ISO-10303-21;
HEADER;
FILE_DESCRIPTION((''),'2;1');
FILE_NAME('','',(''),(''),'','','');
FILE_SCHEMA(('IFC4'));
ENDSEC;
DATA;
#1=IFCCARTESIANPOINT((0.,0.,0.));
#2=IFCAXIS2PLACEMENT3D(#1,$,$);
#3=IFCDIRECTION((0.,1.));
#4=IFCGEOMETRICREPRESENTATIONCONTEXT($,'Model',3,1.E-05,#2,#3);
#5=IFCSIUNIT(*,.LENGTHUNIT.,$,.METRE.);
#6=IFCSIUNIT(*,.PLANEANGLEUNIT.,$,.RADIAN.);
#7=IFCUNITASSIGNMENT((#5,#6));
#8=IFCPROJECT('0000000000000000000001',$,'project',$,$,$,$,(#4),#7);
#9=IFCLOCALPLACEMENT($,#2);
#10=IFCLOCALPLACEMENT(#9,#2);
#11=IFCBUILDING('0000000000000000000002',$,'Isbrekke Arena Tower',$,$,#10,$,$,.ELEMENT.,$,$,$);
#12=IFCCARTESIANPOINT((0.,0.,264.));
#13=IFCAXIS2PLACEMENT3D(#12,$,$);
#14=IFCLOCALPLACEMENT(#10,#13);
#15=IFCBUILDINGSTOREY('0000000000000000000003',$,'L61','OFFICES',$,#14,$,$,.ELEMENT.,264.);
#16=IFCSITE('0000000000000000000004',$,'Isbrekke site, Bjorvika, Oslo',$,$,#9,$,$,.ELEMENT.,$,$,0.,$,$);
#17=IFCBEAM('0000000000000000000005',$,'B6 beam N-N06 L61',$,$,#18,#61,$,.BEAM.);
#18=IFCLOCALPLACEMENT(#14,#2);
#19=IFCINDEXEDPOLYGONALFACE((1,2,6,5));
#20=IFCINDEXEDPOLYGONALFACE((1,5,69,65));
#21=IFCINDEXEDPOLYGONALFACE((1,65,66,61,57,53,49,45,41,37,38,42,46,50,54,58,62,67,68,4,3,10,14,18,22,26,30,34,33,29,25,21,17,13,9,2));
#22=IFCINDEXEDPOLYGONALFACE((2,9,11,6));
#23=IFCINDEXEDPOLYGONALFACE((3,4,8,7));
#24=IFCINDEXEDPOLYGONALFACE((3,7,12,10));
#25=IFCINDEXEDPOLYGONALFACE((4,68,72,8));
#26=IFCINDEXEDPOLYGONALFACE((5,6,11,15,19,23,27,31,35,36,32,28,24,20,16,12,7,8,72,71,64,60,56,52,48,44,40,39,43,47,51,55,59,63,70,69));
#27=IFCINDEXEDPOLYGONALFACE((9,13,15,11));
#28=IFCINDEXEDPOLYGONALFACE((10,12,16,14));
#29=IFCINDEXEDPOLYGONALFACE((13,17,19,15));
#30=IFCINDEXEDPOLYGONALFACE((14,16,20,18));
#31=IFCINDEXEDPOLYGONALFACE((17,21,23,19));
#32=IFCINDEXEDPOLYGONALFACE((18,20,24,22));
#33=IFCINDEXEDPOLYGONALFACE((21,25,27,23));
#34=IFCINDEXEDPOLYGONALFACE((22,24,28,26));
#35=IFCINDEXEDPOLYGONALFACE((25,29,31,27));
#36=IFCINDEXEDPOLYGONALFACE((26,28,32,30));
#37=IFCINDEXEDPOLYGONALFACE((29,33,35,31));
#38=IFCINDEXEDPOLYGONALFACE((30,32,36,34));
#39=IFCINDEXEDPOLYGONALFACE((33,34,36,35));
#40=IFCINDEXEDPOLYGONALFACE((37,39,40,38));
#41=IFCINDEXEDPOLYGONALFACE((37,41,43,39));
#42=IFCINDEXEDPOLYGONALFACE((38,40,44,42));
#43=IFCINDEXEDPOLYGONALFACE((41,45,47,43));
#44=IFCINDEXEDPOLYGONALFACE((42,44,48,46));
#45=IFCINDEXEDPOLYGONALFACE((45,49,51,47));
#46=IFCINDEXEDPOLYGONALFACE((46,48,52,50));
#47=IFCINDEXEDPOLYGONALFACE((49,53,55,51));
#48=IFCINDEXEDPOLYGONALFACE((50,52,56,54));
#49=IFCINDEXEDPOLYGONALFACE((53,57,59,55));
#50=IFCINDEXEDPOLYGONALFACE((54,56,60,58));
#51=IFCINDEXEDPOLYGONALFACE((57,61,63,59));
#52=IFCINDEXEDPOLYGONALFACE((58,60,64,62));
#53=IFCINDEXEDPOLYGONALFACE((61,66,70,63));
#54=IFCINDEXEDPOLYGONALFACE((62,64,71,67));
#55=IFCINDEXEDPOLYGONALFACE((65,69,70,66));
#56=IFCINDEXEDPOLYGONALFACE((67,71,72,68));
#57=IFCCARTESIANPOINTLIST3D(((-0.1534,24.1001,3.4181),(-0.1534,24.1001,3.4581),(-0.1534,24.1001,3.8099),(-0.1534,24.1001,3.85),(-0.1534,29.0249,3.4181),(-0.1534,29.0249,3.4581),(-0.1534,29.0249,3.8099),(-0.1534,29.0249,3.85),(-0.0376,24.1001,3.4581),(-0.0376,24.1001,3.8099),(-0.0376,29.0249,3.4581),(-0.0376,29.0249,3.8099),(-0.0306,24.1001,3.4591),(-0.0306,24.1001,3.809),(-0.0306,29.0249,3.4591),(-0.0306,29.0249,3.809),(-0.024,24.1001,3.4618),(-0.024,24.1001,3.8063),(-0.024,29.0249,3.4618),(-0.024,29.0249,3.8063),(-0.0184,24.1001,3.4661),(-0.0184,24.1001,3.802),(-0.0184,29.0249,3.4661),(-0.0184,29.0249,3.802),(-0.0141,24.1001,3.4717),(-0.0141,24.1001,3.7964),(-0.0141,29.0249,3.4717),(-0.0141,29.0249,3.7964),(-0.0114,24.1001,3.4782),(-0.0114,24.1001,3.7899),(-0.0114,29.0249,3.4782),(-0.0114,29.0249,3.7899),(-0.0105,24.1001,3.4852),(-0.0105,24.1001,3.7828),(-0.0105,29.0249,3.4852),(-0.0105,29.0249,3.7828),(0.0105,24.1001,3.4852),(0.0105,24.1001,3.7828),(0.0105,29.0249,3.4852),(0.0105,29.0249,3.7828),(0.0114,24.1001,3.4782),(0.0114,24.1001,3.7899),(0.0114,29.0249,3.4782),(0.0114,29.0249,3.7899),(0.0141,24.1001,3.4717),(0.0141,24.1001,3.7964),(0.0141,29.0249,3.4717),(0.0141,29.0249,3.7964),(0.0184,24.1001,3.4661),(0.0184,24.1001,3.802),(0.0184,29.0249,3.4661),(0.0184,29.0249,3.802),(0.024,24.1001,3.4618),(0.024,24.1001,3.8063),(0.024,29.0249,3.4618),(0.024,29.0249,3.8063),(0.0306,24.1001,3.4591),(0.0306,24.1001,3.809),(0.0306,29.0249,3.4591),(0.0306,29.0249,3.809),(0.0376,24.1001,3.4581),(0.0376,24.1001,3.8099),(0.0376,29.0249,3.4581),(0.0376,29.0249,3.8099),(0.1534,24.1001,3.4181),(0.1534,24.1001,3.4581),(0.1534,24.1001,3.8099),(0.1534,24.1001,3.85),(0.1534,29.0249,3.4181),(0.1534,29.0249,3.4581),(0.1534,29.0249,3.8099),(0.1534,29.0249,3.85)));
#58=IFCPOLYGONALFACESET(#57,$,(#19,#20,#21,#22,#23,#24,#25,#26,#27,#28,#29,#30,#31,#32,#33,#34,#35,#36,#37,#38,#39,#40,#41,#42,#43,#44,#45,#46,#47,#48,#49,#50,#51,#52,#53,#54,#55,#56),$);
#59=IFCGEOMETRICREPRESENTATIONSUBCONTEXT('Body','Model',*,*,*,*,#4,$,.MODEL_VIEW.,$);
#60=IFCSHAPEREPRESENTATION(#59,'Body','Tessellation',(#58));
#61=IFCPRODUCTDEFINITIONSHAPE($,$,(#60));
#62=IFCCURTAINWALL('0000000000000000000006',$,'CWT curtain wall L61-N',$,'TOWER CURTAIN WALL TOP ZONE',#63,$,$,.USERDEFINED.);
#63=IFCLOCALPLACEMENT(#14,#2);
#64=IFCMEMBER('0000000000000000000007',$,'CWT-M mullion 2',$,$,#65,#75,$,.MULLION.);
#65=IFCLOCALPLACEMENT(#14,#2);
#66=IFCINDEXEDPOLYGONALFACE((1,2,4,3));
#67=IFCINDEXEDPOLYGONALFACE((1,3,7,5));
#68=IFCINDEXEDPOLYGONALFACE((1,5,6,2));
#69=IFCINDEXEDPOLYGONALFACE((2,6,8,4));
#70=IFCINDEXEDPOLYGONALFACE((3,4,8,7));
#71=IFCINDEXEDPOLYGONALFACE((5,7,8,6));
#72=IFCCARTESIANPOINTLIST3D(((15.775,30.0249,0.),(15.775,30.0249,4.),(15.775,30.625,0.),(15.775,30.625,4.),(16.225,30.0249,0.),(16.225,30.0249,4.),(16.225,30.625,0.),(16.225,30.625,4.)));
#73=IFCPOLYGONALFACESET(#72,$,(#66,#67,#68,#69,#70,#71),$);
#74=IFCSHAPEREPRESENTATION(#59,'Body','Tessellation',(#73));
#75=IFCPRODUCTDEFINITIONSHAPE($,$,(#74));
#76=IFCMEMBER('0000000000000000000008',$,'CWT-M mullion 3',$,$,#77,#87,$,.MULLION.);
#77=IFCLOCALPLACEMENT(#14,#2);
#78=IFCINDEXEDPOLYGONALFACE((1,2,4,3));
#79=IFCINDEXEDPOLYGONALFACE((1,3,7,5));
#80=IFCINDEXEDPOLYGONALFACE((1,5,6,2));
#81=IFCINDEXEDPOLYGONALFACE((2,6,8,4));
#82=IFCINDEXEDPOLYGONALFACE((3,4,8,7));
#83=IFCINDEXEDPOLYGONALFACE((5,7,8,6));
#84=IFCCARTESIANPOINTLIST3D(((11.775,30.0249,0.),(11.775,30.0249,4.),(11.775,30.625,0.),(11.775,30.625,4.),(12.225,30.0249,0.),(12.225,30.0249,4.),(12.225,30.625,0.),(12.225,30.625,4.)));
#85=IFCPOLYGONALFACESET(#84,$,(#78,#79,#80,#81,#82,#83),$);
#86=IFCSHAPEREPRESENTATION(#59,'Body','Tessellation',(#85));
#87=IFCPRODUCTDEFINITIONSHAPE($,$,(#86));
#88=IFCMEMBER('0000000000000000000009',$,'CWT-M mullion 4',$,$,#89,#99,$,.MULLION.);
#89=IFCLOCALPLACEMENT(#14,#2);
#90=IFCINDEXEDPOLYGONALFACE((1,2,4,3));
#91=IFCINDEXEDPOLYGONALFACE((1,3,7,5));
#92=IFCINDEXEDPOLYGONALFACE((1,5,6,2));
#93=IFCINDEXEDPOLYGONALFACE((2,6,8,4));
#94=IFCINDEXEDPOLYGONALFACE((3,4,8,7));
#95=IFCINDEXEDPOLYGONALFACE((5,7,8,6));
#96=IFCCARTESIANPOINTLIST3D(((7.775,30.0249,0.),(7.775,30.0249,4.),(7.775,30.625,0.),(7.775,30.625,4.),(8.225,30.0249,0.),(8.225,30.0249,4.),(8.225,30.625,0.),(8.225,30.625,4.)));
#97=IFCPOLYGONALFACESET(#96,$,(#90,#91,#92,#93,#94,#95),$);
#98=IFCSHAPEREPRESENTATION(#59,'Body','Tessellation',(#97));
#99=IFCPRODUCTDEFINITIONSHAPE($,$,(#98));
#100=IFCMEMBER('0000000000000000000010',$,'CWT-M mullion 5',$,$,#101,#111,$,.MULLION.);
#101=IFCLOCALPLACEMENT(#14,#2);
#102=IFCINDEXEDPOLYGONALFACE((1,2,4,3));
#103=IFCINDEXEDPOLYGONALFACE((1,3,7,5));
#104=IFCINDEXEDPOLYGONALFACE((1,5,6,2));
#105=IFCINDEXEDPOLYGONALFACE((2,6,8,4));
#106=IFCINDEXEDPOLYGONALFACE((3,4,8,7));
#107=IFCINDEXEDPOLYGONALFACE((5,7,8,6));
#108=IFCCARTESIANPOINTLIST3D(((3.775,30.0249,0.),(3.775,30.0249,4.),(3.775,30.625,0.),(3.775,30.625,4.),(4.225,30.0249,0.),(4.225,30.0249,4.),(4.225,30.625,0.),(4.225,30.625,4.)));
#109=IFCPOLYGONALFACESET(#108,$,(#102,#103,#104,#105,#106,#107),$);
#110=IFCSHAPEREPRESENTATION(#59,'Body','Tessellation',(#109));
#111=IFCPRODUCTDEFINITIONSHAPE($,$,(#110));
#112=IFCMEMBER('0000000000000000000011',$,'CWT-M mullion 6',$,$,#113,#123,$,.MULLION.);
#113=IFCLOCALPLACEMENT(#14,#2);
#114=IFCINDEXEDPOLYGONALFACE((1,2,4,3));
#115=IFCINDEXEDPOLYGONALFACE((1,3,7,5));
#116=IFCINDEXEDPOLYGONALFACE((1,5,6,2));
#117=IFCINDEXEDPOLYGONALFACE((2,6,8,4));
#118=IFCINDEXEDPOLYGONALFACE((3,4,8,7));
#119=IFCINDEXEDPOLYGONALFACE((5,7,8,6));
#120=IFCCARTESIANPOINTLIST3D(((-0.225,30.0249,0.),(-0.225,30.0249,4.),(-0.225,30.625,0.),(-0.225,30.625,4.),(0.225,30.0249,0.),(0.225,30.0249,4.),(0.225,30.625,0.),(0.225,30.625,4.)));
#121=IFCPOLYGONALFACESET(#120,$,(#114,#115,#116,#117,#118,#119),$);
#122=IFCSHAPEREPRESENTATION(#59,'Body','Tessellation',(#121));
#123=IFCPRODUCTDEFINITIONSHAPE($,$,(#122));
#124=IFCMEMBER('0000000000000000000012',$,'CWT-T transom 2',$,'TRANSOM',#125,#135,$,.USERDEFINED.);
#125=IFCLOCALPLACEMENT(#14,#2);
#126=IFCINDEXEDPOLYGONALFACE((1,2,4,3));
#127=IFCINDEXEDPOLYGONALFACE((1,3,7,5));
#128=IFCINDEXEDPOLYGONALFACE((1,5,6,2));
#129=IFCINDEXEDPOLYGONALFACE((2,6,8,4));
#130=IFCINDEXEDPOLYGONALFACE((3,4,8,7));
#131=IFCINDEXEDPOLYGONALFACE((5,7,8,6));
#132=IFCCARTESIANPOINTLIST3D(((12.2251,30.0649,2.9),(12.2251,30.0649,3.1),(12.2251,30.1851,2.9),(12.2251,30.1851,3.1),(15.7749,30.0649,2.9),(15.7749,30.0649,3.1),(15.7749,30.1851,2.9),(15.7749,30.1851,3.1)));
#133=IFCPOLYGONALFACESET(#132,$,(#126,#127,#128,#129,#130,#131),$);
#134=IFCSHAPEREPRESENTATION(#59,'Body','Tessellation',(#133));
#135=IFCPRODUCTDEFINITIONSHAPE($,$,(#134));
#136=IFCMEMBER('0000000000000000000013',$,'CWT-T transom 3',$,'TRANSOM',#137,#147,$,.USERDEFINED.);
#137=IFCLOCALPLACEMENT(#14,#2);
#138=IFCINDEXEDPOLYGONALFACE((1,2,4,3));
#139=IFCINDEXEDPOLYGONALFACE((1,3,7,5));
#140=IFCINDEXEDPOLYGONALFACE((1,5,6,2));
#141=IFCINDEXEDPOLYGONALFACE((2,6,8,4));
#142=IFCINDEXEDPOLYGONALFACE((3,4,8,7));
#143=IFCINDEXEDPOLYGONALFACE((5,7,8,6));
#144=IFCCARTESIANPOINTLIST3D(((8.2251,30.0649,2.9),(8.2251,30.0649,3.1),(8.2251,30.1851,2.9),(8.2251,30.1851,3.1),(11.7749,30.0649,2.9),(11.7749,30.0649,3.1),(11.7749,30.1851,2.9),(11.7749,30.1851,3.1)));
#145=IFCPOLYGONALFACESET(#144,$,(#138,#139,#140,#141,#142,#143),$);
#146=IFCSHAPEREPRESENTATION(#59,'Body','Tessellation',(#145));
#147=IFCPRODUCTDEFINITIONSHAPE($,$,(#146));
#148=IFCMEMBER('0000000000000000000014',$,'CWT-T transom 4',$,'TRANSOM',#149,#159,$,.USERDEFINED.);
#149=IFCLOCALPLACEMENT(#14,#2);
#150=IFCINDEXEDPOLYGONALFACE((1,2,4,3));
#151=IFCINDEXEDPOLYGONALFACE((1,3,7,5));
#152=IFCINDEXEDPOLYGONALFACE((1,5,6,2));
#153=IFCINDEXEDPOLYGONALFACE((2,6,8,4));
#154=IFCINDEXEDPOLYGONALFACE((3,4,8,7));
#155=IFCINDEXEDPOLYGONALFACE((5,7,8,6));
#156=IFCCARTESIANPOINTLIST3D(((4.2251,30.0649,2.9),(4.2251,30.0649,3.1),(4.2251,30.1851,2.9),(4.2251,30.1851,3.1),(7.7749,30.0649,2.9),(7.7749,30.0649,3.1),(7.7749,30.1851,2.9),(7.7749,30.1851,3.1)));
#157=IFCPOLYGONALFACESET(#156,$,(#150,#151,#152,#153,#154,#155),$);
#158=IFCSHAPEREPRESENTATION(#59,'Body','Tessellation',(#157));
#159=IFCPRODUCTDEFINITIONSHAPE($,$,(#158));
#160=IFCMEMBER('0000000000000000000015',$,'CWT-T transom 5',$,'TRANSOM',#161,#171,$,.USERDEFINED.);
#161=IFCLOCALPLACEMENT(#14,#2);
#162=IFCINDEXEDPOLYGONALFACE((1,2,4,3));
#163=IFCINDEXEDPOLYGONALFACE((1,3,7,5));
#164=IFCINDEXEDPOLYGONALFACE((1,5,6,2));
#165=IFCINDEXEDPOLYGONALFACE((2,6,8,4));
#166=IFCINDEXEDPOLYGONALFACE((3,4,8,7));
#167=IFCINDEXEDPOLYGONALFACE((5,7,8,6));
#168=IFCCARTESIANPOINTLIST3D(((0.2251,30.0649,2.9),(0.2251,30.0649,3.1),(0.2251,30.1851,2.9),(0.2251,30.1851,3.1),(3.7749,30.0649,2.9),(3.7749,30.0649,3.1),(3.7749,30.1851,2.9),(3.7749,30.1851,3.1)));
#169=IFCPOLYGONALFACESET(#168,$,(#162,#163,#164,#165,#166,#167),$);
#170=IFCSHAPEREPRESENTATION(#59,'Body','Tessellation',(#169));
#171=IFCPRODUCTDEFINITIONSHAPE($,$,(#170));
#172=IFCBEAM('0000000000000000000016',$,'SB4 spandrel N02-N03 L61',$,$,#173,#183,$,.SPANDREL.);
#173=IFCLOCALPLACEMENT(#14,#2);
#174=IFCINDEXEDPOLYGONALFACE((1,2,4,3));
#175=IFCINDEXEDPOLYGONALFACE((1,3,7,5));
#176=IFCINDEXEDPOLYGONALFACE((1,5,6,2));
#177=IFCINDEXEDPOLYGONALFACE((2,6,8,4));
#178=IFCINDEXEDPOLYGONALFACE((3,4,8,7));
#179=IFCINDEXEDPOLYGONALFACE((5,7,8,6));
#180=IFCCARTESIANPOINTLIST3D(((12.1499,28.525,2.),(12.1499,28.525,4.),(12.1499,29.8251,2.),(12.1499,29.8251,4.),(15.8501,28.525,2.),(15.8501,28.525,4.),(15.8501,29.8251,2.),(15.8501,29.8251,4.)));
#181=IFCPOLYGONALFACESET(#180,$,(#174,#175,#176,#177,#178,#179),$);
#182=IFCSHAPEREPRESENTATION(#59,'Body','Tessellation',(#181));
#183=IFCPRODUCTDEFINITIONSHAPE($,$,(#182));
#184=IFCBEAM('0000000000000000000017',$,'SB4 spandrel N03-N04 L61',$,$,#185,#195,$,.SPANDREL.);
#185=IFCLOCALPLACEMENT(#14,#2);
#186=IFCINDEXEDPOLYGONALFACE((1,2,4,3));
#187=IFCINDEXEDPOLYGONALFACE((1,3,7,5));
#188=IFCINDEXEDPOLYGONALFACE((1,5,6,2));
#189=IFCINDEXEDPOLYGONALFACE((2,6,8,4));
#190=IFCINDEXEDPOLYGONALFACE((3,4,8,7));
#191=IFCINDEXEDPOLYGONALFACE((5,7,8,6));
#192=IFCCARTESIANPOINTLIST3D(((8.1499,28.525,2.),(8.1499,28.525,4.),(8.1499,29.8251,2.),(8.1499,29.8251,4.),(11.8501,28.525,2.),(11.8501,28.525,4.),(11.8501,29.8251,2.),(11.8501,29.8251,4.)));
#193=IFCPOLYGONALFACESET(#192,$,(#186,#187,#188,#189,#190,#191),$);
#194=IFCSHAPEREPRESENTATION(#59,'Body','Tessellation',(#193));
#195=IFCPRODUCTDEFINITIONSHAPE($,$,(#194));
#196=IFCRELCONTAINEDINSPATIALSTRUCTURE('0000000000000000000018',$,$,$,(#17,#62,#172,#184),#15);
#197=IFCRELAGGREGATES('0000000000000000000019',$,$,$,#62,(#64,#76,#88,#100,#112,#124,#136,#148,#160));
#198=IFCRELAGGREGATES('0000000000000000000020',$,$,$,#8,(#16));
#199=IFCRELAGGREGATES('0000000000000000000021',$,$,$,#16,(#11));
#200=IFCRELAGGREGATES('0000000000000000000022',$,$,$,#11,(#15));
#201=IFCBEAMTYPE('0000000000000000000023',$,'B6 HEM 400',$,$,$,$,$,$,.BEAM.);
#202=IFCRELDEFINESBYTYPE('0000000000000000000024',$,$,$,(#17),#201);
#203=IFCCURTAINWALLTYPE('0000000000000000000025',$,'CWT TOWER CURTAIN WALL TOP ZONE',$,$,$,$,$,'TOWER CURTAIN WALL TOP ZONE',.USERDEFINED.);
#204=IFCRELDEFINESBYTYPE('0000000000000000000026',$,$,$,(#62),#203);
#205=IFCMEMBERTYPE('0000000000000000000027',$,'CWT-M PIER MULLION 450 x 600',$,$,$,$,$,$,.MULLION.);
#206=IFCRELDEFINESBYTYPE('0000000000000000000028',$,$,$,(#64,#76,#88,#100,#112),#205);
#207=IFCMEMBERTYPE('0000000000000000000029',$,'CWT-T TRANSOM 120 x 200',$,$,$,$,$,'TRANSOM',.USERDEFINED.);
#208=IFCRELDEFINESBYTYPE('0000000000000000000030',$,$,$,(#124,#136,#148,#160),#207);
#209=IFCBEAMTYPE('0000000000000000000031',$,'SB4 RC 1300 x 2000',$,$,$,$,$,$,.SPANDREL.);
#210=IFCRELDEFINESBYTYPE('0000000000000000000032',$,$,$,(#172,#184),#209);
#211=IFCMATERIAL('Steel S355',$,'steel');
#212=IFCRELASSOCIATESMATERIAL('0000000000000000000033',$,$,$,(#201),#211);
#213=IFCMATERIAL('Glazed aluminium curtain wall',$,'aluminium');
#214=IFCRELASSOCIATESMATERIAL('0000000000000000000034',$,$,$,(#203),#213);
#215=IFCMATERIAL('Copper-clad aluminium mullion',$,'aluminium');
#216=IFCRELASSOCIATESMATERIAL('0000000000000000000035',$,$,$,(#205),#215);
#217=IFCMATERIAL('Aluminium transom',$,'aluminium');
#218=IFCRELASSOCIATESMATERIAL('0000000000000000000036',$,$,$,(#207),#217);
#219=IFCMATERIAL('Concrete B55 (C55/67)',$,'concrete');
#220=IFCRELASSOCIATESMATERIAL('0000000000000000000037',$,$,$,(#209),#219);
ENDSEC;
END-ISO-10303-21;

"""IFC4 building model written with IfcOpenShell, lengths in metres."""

from ifc_helpers import new_model, si_unit, direction, frame, origin, origin_2d, place, context, subcontext, project, spatial, rectangle, i_section, extrude, material, material_profile, profile_set, type_object, element, aggregate, save


model = new_model("IFC4")

# Units and contexts
model_context = context("Model", 3, precision=1e-05, world=origin(), true_north=direction((0.0, 1.0)))
body_context = subcontext(model_context, "Body", "Model", "MODEL_VIEW")
ifc_project = project(units=[si_unit("LENGTHUNIT", "METRE"), si_unit("PLANEANGLEUNIT", "RADIAN")], contexts=[model_context])

# Site, building, storey
site_placement = place(None, origin())
site = spatial("IfcSite", under=ifc_project, at=site_placement, Name="Isbrekke site, Bjorvika, Oslo", CompositionType="ELEMENT", RefElevation=0.0)
building_placement = place(site_placement, origin())
building = spatial("IfcBuilding", under=site, at=building_placement, Name="Isbrekke Arena Tower", CompositionType="ELEMENT")
storey_placement = place(building_placement, frame((0.0, 0.0, 264.0)))
storey = spatial("IfcBuildingStorey", under=building, at=storey_placement, Name="L61", Description="OFFICES", CompositionType="ELEMENT", Elevation=264.0)

# Beam
ifc_material_1 = material(Name="Steel S355", Category="steel")
ifc_material_profile_1 = material_profile(ifc_material_1, i_section(OverallWidth=0.3069, OverallDepth=0.4319, WebThickness=0.021, FlangeThickness=0.04, FilletRadius=0.0271, at=origin_2d()), Name="HEM 400")
ifc_profile_set_1 = profile_set([ifc_material_profile_1], Name="Steel S355")
beam_type_1 = type_object("IfcBeamType", Name="B6 HEM 400", PredefinedType="BEAM", material=ifc_profile_set_1)
beam_1_placement = place(storey_placement, frame((0.0, 29.0249, 3.634), z_axis=(0.0, -1.0, 0.0), x_axis=(1.0, 0.0, 0.0)))
element("IfcBeam", 1, at=beam_1_placement, inside=storey, type_object=beam_type_1, Name="B6 beam N-N06 L61", PredefinedType="BEAM", context=body_context, shape_type="SweptSolid", body=[
    extrude(i_section(OverallWidth=0.3069, OverallDepth=0.4319, WebThickness=0.021, FlangeThickness=0.04, FilletRadius=0.0271, at=origin_2d()), origin(), (0.0, 0.0, 1.0), 4.9248),
])

# Curtain wall, members
ifc_material_2 = material(Name="Glazed aluminium curtain wall", Category="aluminium")
curtain_wall_type = type_object("IfcCurtainWallType", Name="CWT TOWER CURTAIN WALL TOP ZONE", ElementType="TOWER CURTAIN WALL TOP ZONE", PredefinedType="USERDEFINED", material=ifc_material_2)
curtain_wall_placement = place(storey_placement, origin())
curtain_wall = element("IfcCurtainWall", 2, at=curtain_wall_placement, inside=storey, type_object=curtain_wall_type, Name="CWT curtain wall L61-N", ObjectType="TOWER CURTAIN WALL TOP ZONE", PredefinedType="USERDEFINED")
ifc_material_3 = material(Name="Copper-clad aluminium mullion", Category="aluminium")
ifc_material_profile_2 = material_profile(ifc_material_3, rectangle(XDim=0.45, YDim=0.6001, at=origin_2d()), Name="PIER 450X600")
ifc_profile_set_2 = profile_set([ifc_material_profile_2], Name="Copper-clad aluminium mullion")
member_type_1 = type_object("IfcMemberType", Name="CWT-M PIER MULLION 450 x 600", PredefinedType="MULLION", material=ifc_profile_set_2)
member_1_placement = place(storey_placement, frame((16.0, 30.325, 0.0), z_axis=(0.0, 0.0, 1.0), x_axis=(-1.0, 0.0, 0.0)))
member_1 = element("IfcMember", 3, at=member_1_placement, type_object=member_type_1, Name="CWT-M mullion 2", PredefinedType="MULLION", context=body_context, shape_type="SweptSolid", body=[
    extrude(rectangle(XDim=0.45, YDim=0.6001, at=origin_2d()), origin(), (0.0, 0.0, 1.0), 4.0),
])
member_2_placement = place(storey_placement, frame((12.0, 30.325, 0.0), z_axis=(0.0, 0.0, 1.0), x_axis=(-1.0, 0.0, 0.0)))
member_2 = element("IfcMember", 4, at=member_2_placement, type_object=member_type_1, Name="CWT-M mullion 3", PredefinedType="MULLION", context=body_context, shape_type="SweptSolid", body=[
    extrude(rectangle(XDim=0.45, YDim=0.6001, at=origin_2d()), origin(), (0.0, 0.0, 1.0), 4.0),
])
member_3_placement = place(storey_placement, frame((8.0, 30.325, 0.0), z_axis=(0.0, 0.0, 1.0), x_axis=(-1.0, 0.0, 0.0)))
member_3 = element("IfcMember", 5, at=member_3_placement, type_object=member_type_1, Name="CWT-M mullion 4", PredefinedType="MULLION", context=body_context, shape_type="SweptSolid", body=[
    extrude(rectangle(XDim=0.45, YDim=0.6001, at=origin_2d()), origin(), (0.0, 0.0, 1.0), 4.0),
])
member_4_placement = place(storey_placement, frame((4.0, 30.325, 0.0), z_axis=(0.0, 0.0, 1.0), x_axis=(-1.0, 0.0, 0.0)))
member_4 = element("IfcMember", 6, at=member_4_placement, type_object=member_type_1, Name="CWT-M mullion 5", PredefinedType="MULLION", context=body_context, shape_type="SweptSolid", body=[
    extrude(rectangle(XDim=0.45, YDim=0.6001, at=origin_2d()), origin(), (0.0, 0.0, 1.0), 4.0),
])
member_5_placement = place(storey_placement, frame((0.0, 30.325, 0.0), z_axis=(0.0, 0.0, 1.0), x_axis=(-1.0, 0.0, 0.0)))
member_5 = element("IfcMember", 7, at=member_5_placement, type_object=member_type_1, Name="CWT-M mullion 6", PredefinedType="MULLION", context=body_context, shape_type="SweptSolid", body=[
    extrude(rectangle(XDim=0.45, YDim=0.6001, at=origin_2d()), origin(), (0.0, 0.0, 1.0), 4.0),
])
ifc_material_4 = material(Name="Aluminium transom", Category="aluminium")
ifc_material_profile_3 = material_profile(ifc_material_4, rectangle(XDim=0.1201, YDim=0.2, at=origin_2d()), Name="TRANSOM 120X200")
ifc_profile_set_3 = profile_set([ifc_material_profile_3], Name="Aluminium transom")
member_type_2 = type_object("IfcMemberType", Name="CWT-T TRANSOM 120 x 200", ElementType="TRANSOM", PredefinedType="USERDEFINED", material=ifc_profile_set_3)
member_6_placement = place(storey_placement, frame((15.7749, 30.125, 3.0), z_axis=(-1.0, 0.0, 0.0), x_axis=(0.0, -1.0, 0.0)))
member_6 = element("IfcMember", 8, at=member_6_placement, type_object=member_type_2, Name="CWT-T transom 2", ObjectType="TRANSOM", PredefinedType="USERDEFINED", context=body_context, shape_type="SweptSolid", body=[
    extrude(rectangle(XDim=0.1201, YDim=0.2, at=origin_2d()), origin(), (0.0, 0.0, 1.0), 3.5498),
])
member_7_placement = place(storey_placement, frame((11.7749, 30.125, 3.0), z_axis=(-1.0, 0.0, 0.0), x_axis=(0.0, -1.0, 0.0)))
member_7 = element("IfcMember", 9, at=member_7_placement, type_object=member_type_2, Name="CWT-T transom 3", ObjectType="TRANSOM", PredefinedType="USERDEFINED", context=body_context, shape_type="SweptSolid", body=[
    extrude(rectangle(XDim=0.1201, YDim=0.2, at=origin_2d()), origin(), (0.0, 0.0, 1.0), 3.5498),
])
member_8_placement = place(storey_placement, frame((7.7749, 30.125, 3.0), z_axis=(-1.0, 0.0, 0.0), x_axis=(0.0, -1.0, 0.0)))
member_8 = element("IfcMember", 10, at=member_8_placement, type_object=member_type_2, Name="CWT-T transom 4", ObjectType="TRANSOM", PredefinedType="USERDEFINED", context=body_context, shape_type="SweptSolid", body=[
    extrude(rectangle(XDim=0.1201, YDim=0.2, at=origin_2d()), origin(), (0.0, 0.0, 1.0), 3.5498),
])
member_9_placement = place(storey_placement, frame((3.7749, 30.125, 3.0), z_axis=(-1.0, 0.0, 0.0), x_axis=(0.0, -1.0, 0.0)))
member_9 = element("IfcMember", 11, at=member_9_placement, type_object=member_type_2, Name="CWT-T transom 5", ObjectType="TRANSOM", PredefinedType="USERDEFINED", context=body_context, shape_type="SweptSolid", body=[
    extrude(rectangle(XDim=0.1201, YDim=0.2, at=origin_2d()), origin(), (0.0, 0.0, 1.0), 3.5498),
])

# Beams
ifc_material_5 = material(Name="Concrete B55 (C55/67)", Category="concrete")
ifc_material_profile_4 = material_profile(ifc_material_5, rectangle(XDim=1.3, YDim=2.0, at=origin_2d()), Name="RC 1300x2000")
ifc_profile_set_4 = profile_set([ifc_material_profile_4], Name="Concrete B55 (C55/67)")
beam_type_2 = type_object("IfcBeamType", Name="SB4 RC 1300 x 2000", PredefinedType="SPANDREL", material=ifc_profile_set_4)
for number, where, z_axis, x_axis, name in (
    (12, (15.8501, 29.175, 3.0), (-1.0, 0.0, 0.0), (0.0, -1.0, 0.0), "SB4 spandrel N02-N03 L61"),
    (13, (11.8501, 29.175, 3.0), (-1.0, 0.0, 0.0), (0.0, -1.0, 0.0), "SB4 spandrel N03-N04 L61"),
):
    element("IfcBeam", number, at=place(storey_placement, frame(where, z_axis=z_axis, x_axis=x_axis)), inside=storey, type_object=beam_type_2, Name=name, PredefinedType="SPANDREL", context=body_context, shape_type="SweptSolid", body=[
        extrude(rectangle(XDim=1.3, YDim=2.0, at=origin_2d()), origin(), (0.0, 0.0, 1.0), 3.7002),
    ])

aggregate(curtain_wall, [member_1, member_2, member_3, member_4, member_5, member_6, member_7, member_8, member_9])

save(model, "model.ifc")
